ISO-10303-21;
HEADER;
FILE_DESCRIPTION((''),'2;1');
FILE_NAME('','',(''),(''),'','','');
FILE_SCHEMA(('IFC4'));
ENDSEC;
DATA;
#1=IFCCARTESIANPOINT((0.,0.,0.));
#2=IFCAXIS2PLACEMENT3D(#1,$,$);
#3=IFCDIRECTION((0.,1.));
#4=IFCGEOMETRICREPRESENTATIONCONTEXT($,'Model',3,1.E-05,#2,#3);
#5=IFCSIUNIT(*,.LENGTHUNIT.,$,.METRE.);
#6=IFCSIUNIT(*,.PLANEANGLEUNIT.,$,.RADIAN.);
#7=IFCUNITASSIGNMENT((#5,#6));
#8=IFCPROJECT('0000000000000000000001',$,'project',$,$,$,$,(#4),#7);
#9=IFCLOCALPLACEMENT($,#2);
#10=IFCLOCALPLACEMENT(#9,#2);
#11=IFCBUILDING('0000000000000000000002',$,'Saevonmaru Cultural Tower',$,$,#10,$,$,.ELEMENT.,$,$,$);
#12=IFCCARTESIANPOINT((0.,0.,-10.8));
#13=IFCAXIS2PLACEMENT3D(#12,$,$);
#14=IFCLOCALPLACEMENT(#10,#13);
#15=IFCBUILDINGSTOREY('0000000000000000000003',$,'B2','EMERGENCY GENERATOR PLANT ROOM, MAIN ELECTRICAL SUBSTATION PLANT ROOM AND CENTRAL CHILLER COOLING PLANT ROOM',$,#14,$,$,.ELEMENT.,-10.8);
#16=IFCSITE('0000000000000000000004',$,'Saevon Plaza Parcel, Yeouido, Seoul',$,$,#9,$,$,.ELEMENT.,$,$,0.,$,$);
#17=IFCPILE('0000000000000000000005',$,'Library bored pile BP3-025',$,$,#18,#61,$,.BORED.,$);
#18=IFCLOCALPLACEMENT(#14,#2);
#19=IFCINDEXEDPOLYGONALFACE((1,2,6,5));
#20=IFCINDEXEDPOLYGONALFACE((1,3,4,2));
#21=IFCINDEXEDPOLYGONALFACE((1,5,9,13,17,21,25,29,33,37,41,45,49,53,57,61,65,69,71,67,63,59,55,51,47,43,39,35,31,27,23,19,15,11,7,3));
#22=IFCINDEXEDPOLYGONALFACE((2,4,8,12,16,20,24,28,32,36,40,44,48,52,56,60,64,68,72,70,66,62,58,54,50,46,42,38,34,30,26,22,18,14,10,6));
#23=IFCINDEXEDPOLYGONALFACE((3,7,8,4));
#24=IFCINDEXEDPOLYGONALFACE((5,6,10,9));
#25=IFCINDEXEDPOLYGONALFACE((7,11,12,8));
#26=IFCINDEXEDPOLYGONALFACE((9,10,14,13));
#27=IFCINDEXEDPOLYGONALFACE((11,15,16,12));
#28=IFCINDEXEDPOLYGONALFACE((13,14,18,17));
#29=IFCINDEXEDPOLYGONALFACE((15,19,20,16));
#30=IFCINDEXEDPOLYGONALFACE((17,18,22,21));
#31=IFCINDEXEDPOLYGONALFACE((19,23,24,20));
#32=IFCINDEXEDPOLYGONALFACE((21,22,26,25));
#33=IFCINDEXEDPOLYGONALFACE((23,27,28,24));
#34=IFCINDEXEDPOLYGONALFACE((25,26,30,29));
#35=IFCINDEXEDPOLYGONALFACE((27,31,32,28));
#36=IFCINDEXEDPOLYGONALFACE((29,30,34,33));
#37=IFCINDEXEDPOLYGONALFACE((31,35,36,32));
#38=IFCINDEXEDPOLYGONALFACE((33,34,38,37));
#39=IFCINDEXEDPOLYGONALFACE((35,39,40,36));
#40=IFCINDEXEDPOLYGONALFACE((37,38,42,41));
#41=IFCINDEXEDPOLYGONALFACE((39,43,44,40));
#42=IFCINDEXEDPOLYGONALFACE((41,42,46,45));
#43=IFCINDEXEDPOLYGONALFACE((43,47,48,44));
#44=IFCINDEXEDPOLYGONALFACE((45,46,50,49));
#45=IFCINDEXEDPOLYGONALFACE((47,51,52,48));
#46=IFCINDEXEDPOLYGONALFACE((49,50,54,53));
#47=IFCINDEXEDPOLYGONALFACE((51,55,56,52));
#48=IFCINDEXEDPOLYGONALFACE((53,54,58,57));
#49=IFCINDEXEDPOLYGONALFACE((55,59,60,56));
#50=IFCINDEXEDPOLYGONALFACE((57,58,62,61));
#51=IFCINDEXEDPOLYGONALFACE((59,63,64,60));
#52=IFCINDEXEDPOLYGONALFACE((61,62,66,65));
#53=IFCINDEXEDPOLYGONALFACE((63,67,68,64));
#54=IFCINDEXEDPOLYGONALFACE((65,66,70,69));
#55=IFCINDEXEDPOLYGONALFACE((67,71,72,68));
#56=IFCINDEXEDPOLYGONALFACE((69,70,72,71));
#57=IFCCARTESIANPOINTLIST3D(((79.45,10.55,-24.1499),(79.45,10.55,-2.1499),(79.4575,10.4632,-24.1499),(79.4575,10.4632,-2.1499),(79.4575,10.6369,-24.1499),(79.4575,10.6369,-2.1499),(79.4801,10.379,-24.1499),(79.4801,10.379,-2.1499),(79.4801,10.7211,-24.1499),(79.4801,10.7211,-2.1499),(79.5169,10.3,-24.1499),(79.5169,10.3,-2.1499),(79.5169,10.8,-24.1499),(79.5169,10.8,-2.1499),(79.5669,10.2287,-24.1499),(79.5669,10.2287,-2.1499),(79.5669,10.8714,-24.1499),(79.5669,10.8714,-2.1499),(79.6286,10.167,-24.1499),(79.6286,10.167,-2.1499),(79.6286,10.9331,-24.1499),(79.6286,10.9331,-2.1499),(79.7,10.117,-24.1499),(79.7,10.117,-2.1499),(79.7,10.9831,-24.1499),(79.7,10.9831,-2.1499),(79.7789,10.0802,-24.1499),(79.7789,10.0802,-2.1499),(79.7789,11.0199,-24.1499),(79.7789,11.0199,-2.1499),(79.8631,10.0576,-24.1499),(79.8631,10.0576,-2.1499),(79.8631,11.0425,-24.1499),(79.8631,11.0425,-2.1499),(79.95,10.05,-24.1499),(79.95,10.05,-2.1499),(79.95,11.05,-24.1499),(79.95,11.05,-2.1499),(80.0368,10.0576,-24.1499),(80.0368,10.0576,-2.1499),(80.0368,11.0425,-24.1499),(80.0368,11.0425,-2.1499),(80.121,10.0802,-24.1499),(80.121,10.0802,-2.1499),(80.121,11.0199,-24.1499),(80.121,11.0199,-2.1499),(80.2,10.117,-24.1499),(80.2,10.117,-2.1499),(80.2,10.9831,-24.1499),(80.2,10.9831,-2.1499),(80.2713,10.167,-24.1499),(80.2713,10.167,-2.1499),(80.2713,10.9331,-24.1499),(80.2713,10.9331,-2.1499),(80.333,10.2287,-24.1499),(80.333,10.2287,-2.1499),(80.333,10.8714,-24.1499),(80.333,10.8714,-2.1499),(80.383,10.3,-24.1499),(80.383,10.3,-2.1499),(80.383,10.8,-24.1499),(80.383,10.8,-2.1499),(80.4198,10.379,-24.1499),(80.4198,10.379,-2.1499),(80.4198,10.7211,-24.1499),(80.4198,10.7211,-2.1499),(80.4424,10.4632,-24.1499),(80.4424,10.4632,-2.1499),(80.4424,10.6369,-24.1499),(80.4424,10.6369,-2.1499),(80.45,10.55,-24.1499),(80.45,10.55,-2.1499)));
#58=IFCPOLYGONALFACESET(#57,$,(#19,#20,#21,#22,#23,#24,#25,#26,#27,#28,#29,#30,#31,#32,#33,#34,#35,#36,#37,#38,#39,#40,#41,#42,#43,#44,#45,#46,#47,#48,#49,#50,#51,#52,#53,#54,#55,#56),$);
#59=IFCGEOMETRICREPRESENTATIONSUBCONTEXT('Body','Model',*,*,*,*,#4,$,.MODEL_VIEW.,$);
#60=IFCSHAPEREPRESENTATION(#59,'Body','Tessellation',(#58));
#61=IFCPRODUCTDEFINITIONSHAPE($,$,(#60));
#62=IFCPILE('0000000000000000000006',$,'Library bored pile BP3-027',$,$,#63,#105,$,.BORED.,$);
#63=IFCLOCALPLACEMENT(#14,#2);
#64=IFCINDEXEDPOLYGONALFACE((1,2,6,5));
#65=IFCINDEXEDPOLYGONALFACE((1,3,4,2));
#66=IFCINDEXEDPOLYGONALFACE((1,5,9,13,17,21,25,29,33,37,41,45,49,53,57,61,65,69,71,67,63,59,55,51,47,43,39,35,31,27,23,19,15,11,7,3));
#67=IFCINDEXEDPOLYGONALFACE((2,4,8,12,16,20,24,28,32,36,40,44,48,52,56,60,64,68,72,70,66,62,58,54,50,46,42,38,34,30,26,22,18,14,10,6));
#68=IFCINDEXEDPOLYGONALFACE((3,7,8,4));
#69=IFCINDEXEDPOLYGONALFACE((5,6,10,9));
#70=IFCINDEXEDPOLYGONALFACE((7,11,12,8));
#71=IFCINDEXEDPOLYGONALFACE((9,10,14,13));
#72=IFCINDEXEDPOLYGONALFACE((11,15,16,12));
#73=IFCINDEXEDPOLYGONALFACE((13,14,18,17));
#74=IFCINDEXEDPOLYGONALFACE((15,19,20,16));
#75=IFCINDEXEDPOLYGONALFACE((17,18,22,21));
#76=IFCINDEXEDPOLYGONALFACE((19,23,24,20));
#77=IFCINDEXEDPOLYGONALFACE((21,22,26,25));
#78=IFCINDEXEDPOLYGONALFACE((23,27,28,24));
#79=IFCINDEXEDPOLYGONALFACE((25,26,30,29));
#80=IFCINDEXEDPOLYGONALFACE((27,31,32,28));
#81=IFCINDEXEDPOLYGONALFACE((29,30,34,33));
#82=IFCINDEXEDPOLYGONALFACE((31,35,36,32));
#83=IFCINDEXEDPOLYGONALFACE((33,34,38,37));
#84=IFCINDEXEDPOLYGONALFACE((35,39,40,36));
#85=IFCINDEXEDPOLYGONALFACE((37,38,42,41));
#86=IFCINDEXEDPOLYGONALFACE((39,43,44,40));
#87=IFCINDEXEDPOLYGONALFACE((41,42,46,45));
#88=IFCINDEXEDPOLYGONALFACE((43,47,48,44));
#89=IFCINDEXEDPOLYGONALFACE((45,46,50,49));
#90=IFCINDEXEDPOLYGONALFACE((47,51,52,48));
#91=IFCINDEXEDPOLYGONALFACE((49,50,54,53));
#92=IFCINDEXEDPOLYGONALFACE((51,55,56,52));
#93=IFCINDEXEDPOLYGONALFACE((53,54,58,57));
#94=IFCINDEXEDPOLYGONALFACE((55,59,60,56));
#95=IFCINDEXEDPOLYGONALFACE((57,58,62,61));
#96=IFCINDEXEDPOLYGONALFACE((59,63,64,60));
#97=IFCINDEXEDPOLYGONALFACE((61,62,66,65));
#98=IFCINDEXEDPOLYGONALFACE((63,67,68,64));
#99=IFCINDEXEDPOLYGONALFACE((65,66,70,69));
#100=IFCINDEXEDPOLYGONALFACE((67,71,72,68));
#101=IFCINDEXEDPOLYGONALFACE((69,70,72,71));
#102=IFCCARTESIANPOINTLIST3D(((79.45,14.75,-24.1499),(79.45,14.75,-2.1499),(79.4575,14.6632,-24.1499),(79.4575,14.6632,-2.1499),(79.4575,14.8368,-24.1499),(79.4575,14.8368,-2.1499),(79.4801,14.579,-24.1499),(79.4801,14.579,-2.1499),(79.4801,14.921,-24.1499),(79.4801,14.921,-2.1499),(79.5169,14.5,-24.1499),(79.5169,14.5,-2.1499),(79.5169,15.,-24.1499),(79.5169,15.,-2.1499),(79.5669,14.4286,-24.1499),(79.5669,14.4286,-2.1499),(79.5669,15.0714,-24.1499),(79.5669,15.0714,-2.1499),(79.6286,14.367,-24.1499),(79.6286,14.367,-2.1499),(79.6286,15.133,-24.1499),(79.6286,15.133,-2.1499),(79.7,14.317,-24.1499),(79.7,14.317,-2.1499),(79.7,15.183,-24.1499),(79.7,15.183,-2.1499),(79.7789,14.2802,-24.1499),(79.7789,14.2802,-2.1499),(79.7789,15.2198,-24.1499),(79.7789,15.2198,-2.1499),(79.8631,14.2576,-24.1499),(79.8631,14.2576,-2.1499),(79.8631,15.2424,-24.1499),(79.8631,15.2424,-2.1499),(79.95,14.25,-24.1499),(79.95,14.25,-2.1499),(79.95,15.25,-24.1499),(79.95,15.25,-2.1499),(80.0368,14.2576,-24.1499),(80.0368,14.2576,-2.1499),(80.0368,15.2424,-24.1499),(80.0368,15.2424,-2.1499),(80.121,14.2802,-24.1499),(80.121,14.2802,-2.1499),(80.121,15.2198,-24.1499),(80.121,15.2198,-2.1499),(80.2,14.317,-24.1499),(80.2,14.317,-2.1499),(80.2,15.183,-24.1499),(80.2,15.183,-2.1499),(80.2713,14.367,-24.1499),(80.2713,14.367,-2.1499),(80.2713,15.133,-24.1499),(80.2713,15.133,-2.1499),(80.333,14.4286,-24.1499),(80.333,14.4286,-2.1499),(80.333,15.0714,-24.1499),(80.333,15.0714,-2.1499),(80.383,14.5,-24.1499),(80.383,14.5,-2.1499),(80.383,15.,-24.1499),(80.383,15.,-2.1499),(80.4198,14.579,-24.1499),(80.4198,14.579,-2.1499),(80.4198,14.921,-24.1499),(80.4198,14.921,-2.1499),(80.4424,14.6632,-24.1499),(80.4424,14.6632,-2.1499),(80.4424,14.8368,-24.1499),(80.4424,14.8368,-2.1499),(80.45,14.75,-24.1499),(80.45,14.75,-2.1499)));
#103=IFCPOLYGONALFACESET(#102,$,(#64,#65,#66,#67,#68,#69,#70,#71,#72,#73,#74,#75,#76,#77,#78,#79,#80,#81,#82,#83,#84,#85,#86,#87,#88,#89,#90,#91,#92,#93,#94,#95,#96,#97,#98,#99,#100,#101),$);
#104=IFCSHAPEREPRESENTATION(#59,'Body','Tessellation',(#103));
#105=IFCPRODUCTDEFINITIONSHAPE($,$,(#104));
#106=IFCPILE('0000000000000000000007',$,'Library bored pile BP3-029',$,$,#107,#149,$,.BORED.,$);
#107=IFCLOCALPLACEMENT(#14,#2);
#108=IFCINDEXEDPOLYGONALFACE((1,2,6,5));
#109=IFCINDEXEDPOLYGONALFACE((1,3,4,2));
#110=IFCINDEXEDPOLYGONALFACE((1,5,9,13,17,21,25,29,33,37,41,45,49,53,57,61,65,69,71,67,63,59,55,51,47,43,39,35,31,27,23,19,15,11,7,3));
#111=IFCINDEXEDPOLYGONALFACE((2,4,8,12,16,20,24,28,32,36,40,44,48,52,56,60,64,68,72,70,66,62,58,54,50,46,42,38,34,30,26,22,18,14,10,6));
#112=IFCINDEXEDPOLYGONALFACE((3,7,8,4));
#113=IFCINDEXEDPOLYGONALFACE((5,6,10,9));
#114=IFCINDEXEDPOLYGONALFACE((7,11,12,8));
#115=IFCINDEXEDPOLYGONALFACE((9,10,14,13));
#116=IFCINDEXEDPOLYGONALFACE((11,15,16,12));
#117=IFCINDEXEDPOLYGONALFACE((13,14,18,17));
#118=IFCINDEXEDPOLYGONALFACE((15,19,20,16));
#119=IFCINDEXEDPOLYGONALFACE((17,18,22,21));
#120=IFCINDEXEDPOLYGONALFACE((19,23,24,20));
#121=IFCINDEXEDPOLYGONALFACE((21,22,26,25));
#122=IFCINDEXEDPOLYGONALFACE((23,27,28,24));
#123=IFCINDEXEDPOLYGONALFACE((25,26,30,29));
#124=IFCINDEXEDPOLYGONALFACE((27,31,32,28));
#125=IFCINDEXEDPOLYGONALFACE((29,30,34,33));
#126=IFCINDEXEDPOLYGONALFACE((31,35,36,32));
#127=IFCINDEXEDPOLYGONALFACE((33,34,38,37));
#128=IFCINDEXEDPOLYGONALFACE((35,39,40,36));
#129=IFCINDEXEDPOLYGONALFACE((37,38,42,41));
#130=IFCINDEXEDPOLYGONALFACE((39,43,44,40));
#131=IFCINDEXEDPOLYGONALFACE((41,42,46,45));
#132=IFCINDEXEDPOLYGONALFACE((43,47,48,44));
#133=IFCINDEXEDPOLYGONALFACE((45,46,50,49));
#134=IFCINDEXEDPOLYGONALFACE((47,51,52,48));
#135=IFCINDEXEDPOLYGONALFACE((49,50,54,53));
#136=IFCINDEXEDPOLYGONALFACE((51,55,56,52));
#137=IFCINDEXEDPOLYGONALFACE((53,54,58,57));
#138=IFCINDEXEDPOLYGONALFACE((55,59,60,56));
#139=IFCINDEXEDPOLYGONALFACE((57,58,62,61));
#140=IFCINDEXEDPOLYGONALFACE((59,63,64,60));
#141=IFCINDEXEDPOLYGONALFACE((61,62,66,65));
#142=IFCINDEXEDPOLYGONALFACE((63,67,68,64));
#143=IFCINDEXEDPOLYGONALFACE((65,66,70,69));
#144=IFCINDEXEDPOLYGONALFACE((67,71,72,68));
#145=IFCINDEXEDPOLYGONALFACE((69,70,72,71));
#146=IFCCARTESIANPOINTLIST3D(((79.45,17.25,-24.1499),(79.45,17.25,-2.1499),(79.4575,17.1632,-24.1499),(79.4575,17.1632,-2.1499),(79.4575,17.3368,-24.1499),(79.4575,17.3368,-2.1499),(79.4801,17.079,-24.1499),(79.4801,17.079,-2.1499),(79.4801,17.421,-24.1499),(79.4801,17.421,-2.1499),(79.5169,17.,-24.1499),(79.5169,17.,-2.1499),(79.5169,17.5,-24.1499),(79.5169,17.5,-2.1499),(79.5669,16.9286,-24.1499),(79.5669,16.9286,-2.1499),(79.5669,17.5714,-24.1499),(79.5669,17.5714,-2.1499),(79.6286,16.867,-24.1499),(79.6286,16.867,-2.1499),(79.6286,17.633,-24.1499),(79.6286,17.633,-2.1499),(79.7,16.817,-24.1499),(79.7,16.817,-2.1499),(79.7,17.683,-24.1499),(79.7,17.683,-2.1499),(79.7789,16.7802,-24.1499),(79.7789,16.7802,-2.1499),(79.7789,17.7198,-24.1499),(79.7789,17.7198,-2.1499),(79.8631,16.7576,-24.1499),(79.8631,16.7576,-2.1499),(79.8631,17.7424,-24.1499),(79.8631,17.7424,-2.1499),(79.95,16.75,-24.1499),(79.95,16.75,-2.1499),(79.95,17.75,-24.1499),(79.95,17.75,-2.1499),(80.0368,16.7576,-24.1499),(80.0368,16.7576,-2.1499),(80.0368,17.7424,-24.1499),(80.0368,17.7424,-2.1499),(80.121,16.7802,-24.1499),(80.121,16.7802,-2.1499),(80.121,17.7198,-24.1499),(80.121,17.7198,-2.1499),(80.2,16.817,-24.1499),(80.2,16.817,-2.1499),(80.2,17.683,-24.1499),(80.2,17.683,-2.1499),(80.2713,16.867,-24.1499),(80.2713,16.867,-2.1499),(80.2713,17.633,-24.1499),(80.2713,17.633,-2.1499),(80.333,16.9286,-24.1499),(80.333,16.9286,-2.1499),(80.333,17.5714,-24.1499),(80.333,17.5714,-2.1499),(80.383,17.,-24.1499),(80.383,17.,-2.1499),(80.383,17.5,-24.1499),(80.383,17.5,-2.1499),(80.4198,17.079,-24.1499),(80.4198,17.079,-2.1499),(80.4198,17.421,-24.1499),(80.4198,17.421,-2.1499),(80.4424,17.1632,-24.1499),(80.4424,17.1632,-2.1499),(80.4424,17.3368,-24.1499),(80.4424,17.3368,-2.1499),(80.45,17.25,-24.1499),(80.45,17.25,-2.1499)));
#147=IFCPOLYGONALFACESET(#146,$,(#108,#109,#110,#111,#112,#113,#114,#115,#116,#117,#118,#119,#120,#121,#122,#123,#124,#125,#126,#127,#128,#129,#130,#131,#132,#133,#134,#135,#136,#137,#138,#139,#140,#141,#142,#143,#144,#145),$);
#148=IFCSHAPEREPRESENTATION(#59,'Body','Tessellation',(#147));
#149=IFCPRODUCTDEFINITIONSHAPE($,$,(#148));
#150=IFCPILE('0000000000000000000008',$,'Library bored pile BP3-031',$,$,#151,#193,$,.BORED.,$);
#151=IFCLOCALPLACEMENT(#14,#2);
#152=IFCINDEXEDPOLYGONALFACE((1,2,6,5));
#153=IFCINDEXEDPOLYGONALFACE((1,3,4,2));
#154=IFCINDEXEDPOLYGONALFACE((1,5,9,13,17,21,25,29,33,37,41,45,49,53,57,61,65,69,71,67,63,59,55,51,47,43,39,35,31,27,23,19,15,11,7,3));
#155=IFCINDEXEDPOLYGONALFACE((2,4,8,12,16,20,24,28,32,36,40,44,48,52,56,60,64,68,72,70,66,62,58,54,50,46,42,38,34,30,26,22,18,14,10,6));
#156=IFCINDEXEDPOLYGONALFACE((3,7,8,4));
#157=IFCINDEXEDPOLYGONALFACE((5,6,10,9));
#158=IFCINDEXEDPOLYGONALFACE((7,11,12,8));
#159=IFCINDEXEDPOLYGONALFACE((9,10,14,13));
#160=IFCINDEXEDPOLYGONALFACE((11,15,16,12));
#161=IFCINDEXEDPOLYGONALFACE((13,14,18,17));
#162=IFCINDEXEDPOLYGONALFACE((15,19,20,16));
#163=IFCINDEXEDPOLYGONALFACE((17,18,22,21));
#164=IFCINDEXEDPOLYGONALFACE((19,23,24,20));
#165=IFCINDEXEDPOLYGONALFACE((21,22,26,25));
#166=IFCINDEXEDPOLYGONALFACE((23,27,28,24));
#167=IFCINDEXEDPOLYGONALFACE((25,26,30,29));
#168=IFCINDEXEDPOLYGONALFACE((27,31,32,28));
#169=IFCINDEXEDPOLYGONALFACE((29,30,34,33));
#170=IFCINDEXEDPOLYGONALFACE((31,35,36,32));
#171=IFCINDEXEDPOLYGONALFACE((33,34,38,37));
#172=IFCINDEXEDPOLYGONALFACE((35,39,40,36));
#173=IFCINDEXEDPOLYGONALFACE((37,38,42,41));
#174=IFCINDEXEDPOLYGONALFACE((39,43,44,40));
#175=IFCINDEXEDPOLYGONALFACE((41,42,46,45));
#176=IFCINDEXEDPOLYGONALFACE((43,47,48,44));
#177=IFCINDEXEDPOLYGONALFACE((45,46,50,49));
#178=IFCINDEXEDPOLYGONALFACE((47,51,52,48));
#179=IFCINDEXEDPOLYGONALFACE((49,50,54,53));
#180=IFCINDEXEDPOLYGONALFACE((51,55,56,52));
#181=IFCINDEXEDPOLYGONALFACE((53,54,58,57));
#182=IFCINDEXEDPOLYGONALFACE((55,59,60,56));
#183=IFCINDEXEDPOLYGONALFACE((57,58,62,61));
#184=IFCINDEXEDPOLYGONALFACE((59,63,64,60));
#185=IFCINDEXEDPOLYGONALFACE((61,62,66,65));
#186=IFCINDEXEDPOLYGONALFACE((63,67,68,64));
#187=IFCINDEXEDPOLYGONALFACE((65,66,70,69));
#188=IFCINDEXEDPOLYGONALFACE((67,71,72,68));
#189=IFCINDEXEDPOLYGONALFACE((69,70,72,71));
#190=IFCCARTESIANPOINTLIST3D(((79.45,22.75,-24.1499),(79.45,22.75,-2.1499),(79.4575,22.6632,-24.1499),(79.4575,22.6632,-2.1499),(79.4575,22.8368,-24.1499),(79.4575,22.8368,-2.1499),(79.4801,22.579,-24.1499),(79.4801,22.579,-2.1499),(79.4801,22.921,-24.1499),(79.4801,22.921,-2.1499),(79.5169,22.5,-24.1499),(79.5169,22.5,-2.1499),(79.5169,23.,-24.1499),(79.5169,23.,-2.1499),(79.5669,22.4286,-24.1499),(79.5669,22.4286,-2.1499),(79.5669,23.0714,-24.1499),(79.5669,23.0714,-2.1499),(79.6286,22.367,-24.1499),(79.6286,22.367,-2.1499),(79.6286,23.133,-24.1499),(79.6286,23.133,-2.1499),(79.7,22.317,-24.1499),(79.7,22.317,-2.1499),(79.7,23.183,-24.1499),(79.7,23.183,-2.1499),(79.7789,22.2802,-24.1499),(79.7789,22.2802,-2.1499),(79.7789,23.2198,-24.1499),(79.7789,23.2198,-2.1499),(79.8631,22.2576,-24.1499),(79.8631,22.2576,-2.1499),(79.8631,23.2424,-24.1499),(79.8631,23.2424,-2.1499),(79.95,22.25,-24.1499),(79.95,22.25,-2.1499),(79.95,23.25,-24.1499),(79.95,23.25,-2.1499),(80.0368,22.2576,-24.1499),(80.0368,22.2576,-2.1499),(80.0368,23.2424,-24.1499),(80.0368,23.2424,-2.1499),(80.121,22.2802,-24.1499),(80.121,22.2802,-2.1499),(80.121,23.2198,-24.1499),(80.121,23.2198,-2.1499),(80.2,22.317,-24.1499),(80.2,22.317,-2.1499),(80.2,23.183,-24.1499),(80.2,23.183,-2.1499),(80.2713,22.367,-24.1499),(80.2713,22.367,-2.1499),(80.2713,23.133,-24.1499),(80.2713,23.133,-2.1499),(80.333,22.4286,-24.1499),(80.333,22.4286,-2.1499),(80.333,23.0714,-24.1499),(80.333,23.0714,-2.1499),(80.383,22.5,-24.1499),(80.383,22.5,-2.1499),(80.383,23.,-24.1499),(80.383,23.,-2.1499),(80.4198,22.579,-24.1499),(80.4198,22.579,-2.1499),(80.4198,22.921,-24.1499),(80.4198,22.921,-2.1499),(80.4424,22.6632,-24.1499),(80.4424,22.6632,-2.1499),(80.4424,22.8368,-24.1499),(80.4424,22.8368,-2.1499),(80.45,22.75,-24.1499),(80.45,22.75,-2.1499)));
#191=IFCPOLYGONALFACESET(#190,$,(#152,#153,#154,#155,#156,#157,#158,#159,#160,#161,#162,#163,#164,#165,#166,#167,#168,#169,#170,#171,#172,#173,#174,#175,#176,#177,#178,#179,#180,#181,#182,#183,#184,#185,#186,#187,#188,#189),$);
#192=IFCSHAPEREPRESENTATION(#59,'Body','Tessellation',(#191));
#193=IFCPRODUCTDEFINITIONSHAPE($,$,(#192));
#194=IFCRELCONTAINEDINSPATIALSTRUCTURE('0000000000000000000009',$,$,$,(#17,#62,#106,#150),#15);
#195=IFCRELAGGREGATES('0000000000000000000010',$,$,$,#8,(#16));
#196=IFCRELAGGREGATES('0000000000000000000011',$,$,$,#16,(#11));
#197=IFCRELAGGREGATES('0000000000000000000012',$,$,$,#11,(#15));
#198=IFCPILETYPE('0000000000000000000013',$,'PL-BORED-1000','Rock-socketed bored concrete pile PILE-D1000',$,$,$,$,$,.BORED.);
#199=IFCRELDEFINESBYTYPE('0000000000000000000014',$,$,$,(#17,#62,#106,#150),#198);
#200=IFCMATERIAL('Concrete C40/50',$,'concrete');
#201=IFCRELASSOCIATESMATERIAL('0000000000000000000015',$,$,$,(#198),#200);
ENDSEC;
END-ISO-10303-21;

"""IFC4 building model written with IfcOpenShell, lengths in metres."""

from ifc_helpers import new_model, si_unit, direction, frame, origin, origin_2d, place, context, subcontext, project, spatial, circle, extrude, material, material_profile, profile_set, type_object, element, save


model = new_model("IFC4")

# Units and contexts
model_context = context("Model", 3, precision=1e-05, world=origin(), true_north=direction((0.0, 1.0)))
body_context = subcontext(model_context, "Body", "Model", "MODEL_VIEW")
ifc_project = project(units=[si_unit("LENGTHUNIT", "METRE"), si_unit("PLANEANGLEUNIT", "RADIAN")], contexts=[model_context])

# Site, building, storey
site_placement = place(None, origin())
site = spatial("IfcSite", under=ifc_project, at=site_placement, Name="Saevon Plaza Parcel, Yeouido, Seoul", CompositionType="ELEMENT", RefElevation=0.0)
building_placement = place(site_placement, origin())
building = spatial("IfcBuilding", under=site, at=building_placement, Name="Saevonmaru Cultural Tower", CompositionType="ELEMENT")
storey_placement = place(building_placement, frame((0.0, 0.0, -10.8)))
storey = spatial("IfcBuildingStorey", under=building, at=storey_placement, Name="B2", Description="EMERGENCY GENERATOR PLANT ROOM, MAIN ELECTRICAL SUBSTATION PLANT ROOM AND CENTRAL CHILLER COOLING PLANT ROOM", CompositionType="ELEMENT", Elevation=-10.8)

# Piles
ifc_material_1 = material(Name="Concrete C40/50", Category="concrete")
ifc_material_profile_1 = material_profile(ifc_material_1, circle(Radius=0.5, at=origin_2d()), Name="PILE-D1000")
ifc_profile_set_1 = profile_set([ifc_material_profile_1], Name="Concrete C40/50")
pile_type_1 = type_object("IfcPileType", Name="PL-BORED-1000", Description="Rock-socketed bored concrete pile PILE-D1000", PredefinedType="BORED", material=ifc_profile_set_1)
for number, where, z_axis, x_axis, name in (
    (1, (79.95, 10.55, -2.1499), (0.0, 0.0, -1.0), (1.0, 0.0, 0.0), "Library bored pile BP3-025"),
    (2, (79.95, 14.75, -2.1499), (0.0, 0.0, -1.0), (1.0, 0.0, 0.0), "Library bored pile BP3-027"),
    (3, (79.95, 17.25, -2.1499), (0.0, 0.0, -1.0), (1.0, 0.0, 0.0), "Library bored pile BP3-029"),
    (4, (79.95, 22.75, -2.1499), (0.0, 0.0, -1.0), (1.0, 0.0, 0.0), "Library bored pile BP3-031"),
):
    element("IfcPile", number, at=place(storey_placement, frame(where, z_axis=z_axis, x_axis=x_axis)), inside=storey, type_object=pile_type_1, Name=name, PredefinedType="BORED", context=body_context, shape_type="SweptSolid", body=[
        extrude(circle(Radius=0.5, at=origin_2d()), origin(), (0.0, 0.0, 1.0), 22.0),
    ])

save(model, "model.ifc")
